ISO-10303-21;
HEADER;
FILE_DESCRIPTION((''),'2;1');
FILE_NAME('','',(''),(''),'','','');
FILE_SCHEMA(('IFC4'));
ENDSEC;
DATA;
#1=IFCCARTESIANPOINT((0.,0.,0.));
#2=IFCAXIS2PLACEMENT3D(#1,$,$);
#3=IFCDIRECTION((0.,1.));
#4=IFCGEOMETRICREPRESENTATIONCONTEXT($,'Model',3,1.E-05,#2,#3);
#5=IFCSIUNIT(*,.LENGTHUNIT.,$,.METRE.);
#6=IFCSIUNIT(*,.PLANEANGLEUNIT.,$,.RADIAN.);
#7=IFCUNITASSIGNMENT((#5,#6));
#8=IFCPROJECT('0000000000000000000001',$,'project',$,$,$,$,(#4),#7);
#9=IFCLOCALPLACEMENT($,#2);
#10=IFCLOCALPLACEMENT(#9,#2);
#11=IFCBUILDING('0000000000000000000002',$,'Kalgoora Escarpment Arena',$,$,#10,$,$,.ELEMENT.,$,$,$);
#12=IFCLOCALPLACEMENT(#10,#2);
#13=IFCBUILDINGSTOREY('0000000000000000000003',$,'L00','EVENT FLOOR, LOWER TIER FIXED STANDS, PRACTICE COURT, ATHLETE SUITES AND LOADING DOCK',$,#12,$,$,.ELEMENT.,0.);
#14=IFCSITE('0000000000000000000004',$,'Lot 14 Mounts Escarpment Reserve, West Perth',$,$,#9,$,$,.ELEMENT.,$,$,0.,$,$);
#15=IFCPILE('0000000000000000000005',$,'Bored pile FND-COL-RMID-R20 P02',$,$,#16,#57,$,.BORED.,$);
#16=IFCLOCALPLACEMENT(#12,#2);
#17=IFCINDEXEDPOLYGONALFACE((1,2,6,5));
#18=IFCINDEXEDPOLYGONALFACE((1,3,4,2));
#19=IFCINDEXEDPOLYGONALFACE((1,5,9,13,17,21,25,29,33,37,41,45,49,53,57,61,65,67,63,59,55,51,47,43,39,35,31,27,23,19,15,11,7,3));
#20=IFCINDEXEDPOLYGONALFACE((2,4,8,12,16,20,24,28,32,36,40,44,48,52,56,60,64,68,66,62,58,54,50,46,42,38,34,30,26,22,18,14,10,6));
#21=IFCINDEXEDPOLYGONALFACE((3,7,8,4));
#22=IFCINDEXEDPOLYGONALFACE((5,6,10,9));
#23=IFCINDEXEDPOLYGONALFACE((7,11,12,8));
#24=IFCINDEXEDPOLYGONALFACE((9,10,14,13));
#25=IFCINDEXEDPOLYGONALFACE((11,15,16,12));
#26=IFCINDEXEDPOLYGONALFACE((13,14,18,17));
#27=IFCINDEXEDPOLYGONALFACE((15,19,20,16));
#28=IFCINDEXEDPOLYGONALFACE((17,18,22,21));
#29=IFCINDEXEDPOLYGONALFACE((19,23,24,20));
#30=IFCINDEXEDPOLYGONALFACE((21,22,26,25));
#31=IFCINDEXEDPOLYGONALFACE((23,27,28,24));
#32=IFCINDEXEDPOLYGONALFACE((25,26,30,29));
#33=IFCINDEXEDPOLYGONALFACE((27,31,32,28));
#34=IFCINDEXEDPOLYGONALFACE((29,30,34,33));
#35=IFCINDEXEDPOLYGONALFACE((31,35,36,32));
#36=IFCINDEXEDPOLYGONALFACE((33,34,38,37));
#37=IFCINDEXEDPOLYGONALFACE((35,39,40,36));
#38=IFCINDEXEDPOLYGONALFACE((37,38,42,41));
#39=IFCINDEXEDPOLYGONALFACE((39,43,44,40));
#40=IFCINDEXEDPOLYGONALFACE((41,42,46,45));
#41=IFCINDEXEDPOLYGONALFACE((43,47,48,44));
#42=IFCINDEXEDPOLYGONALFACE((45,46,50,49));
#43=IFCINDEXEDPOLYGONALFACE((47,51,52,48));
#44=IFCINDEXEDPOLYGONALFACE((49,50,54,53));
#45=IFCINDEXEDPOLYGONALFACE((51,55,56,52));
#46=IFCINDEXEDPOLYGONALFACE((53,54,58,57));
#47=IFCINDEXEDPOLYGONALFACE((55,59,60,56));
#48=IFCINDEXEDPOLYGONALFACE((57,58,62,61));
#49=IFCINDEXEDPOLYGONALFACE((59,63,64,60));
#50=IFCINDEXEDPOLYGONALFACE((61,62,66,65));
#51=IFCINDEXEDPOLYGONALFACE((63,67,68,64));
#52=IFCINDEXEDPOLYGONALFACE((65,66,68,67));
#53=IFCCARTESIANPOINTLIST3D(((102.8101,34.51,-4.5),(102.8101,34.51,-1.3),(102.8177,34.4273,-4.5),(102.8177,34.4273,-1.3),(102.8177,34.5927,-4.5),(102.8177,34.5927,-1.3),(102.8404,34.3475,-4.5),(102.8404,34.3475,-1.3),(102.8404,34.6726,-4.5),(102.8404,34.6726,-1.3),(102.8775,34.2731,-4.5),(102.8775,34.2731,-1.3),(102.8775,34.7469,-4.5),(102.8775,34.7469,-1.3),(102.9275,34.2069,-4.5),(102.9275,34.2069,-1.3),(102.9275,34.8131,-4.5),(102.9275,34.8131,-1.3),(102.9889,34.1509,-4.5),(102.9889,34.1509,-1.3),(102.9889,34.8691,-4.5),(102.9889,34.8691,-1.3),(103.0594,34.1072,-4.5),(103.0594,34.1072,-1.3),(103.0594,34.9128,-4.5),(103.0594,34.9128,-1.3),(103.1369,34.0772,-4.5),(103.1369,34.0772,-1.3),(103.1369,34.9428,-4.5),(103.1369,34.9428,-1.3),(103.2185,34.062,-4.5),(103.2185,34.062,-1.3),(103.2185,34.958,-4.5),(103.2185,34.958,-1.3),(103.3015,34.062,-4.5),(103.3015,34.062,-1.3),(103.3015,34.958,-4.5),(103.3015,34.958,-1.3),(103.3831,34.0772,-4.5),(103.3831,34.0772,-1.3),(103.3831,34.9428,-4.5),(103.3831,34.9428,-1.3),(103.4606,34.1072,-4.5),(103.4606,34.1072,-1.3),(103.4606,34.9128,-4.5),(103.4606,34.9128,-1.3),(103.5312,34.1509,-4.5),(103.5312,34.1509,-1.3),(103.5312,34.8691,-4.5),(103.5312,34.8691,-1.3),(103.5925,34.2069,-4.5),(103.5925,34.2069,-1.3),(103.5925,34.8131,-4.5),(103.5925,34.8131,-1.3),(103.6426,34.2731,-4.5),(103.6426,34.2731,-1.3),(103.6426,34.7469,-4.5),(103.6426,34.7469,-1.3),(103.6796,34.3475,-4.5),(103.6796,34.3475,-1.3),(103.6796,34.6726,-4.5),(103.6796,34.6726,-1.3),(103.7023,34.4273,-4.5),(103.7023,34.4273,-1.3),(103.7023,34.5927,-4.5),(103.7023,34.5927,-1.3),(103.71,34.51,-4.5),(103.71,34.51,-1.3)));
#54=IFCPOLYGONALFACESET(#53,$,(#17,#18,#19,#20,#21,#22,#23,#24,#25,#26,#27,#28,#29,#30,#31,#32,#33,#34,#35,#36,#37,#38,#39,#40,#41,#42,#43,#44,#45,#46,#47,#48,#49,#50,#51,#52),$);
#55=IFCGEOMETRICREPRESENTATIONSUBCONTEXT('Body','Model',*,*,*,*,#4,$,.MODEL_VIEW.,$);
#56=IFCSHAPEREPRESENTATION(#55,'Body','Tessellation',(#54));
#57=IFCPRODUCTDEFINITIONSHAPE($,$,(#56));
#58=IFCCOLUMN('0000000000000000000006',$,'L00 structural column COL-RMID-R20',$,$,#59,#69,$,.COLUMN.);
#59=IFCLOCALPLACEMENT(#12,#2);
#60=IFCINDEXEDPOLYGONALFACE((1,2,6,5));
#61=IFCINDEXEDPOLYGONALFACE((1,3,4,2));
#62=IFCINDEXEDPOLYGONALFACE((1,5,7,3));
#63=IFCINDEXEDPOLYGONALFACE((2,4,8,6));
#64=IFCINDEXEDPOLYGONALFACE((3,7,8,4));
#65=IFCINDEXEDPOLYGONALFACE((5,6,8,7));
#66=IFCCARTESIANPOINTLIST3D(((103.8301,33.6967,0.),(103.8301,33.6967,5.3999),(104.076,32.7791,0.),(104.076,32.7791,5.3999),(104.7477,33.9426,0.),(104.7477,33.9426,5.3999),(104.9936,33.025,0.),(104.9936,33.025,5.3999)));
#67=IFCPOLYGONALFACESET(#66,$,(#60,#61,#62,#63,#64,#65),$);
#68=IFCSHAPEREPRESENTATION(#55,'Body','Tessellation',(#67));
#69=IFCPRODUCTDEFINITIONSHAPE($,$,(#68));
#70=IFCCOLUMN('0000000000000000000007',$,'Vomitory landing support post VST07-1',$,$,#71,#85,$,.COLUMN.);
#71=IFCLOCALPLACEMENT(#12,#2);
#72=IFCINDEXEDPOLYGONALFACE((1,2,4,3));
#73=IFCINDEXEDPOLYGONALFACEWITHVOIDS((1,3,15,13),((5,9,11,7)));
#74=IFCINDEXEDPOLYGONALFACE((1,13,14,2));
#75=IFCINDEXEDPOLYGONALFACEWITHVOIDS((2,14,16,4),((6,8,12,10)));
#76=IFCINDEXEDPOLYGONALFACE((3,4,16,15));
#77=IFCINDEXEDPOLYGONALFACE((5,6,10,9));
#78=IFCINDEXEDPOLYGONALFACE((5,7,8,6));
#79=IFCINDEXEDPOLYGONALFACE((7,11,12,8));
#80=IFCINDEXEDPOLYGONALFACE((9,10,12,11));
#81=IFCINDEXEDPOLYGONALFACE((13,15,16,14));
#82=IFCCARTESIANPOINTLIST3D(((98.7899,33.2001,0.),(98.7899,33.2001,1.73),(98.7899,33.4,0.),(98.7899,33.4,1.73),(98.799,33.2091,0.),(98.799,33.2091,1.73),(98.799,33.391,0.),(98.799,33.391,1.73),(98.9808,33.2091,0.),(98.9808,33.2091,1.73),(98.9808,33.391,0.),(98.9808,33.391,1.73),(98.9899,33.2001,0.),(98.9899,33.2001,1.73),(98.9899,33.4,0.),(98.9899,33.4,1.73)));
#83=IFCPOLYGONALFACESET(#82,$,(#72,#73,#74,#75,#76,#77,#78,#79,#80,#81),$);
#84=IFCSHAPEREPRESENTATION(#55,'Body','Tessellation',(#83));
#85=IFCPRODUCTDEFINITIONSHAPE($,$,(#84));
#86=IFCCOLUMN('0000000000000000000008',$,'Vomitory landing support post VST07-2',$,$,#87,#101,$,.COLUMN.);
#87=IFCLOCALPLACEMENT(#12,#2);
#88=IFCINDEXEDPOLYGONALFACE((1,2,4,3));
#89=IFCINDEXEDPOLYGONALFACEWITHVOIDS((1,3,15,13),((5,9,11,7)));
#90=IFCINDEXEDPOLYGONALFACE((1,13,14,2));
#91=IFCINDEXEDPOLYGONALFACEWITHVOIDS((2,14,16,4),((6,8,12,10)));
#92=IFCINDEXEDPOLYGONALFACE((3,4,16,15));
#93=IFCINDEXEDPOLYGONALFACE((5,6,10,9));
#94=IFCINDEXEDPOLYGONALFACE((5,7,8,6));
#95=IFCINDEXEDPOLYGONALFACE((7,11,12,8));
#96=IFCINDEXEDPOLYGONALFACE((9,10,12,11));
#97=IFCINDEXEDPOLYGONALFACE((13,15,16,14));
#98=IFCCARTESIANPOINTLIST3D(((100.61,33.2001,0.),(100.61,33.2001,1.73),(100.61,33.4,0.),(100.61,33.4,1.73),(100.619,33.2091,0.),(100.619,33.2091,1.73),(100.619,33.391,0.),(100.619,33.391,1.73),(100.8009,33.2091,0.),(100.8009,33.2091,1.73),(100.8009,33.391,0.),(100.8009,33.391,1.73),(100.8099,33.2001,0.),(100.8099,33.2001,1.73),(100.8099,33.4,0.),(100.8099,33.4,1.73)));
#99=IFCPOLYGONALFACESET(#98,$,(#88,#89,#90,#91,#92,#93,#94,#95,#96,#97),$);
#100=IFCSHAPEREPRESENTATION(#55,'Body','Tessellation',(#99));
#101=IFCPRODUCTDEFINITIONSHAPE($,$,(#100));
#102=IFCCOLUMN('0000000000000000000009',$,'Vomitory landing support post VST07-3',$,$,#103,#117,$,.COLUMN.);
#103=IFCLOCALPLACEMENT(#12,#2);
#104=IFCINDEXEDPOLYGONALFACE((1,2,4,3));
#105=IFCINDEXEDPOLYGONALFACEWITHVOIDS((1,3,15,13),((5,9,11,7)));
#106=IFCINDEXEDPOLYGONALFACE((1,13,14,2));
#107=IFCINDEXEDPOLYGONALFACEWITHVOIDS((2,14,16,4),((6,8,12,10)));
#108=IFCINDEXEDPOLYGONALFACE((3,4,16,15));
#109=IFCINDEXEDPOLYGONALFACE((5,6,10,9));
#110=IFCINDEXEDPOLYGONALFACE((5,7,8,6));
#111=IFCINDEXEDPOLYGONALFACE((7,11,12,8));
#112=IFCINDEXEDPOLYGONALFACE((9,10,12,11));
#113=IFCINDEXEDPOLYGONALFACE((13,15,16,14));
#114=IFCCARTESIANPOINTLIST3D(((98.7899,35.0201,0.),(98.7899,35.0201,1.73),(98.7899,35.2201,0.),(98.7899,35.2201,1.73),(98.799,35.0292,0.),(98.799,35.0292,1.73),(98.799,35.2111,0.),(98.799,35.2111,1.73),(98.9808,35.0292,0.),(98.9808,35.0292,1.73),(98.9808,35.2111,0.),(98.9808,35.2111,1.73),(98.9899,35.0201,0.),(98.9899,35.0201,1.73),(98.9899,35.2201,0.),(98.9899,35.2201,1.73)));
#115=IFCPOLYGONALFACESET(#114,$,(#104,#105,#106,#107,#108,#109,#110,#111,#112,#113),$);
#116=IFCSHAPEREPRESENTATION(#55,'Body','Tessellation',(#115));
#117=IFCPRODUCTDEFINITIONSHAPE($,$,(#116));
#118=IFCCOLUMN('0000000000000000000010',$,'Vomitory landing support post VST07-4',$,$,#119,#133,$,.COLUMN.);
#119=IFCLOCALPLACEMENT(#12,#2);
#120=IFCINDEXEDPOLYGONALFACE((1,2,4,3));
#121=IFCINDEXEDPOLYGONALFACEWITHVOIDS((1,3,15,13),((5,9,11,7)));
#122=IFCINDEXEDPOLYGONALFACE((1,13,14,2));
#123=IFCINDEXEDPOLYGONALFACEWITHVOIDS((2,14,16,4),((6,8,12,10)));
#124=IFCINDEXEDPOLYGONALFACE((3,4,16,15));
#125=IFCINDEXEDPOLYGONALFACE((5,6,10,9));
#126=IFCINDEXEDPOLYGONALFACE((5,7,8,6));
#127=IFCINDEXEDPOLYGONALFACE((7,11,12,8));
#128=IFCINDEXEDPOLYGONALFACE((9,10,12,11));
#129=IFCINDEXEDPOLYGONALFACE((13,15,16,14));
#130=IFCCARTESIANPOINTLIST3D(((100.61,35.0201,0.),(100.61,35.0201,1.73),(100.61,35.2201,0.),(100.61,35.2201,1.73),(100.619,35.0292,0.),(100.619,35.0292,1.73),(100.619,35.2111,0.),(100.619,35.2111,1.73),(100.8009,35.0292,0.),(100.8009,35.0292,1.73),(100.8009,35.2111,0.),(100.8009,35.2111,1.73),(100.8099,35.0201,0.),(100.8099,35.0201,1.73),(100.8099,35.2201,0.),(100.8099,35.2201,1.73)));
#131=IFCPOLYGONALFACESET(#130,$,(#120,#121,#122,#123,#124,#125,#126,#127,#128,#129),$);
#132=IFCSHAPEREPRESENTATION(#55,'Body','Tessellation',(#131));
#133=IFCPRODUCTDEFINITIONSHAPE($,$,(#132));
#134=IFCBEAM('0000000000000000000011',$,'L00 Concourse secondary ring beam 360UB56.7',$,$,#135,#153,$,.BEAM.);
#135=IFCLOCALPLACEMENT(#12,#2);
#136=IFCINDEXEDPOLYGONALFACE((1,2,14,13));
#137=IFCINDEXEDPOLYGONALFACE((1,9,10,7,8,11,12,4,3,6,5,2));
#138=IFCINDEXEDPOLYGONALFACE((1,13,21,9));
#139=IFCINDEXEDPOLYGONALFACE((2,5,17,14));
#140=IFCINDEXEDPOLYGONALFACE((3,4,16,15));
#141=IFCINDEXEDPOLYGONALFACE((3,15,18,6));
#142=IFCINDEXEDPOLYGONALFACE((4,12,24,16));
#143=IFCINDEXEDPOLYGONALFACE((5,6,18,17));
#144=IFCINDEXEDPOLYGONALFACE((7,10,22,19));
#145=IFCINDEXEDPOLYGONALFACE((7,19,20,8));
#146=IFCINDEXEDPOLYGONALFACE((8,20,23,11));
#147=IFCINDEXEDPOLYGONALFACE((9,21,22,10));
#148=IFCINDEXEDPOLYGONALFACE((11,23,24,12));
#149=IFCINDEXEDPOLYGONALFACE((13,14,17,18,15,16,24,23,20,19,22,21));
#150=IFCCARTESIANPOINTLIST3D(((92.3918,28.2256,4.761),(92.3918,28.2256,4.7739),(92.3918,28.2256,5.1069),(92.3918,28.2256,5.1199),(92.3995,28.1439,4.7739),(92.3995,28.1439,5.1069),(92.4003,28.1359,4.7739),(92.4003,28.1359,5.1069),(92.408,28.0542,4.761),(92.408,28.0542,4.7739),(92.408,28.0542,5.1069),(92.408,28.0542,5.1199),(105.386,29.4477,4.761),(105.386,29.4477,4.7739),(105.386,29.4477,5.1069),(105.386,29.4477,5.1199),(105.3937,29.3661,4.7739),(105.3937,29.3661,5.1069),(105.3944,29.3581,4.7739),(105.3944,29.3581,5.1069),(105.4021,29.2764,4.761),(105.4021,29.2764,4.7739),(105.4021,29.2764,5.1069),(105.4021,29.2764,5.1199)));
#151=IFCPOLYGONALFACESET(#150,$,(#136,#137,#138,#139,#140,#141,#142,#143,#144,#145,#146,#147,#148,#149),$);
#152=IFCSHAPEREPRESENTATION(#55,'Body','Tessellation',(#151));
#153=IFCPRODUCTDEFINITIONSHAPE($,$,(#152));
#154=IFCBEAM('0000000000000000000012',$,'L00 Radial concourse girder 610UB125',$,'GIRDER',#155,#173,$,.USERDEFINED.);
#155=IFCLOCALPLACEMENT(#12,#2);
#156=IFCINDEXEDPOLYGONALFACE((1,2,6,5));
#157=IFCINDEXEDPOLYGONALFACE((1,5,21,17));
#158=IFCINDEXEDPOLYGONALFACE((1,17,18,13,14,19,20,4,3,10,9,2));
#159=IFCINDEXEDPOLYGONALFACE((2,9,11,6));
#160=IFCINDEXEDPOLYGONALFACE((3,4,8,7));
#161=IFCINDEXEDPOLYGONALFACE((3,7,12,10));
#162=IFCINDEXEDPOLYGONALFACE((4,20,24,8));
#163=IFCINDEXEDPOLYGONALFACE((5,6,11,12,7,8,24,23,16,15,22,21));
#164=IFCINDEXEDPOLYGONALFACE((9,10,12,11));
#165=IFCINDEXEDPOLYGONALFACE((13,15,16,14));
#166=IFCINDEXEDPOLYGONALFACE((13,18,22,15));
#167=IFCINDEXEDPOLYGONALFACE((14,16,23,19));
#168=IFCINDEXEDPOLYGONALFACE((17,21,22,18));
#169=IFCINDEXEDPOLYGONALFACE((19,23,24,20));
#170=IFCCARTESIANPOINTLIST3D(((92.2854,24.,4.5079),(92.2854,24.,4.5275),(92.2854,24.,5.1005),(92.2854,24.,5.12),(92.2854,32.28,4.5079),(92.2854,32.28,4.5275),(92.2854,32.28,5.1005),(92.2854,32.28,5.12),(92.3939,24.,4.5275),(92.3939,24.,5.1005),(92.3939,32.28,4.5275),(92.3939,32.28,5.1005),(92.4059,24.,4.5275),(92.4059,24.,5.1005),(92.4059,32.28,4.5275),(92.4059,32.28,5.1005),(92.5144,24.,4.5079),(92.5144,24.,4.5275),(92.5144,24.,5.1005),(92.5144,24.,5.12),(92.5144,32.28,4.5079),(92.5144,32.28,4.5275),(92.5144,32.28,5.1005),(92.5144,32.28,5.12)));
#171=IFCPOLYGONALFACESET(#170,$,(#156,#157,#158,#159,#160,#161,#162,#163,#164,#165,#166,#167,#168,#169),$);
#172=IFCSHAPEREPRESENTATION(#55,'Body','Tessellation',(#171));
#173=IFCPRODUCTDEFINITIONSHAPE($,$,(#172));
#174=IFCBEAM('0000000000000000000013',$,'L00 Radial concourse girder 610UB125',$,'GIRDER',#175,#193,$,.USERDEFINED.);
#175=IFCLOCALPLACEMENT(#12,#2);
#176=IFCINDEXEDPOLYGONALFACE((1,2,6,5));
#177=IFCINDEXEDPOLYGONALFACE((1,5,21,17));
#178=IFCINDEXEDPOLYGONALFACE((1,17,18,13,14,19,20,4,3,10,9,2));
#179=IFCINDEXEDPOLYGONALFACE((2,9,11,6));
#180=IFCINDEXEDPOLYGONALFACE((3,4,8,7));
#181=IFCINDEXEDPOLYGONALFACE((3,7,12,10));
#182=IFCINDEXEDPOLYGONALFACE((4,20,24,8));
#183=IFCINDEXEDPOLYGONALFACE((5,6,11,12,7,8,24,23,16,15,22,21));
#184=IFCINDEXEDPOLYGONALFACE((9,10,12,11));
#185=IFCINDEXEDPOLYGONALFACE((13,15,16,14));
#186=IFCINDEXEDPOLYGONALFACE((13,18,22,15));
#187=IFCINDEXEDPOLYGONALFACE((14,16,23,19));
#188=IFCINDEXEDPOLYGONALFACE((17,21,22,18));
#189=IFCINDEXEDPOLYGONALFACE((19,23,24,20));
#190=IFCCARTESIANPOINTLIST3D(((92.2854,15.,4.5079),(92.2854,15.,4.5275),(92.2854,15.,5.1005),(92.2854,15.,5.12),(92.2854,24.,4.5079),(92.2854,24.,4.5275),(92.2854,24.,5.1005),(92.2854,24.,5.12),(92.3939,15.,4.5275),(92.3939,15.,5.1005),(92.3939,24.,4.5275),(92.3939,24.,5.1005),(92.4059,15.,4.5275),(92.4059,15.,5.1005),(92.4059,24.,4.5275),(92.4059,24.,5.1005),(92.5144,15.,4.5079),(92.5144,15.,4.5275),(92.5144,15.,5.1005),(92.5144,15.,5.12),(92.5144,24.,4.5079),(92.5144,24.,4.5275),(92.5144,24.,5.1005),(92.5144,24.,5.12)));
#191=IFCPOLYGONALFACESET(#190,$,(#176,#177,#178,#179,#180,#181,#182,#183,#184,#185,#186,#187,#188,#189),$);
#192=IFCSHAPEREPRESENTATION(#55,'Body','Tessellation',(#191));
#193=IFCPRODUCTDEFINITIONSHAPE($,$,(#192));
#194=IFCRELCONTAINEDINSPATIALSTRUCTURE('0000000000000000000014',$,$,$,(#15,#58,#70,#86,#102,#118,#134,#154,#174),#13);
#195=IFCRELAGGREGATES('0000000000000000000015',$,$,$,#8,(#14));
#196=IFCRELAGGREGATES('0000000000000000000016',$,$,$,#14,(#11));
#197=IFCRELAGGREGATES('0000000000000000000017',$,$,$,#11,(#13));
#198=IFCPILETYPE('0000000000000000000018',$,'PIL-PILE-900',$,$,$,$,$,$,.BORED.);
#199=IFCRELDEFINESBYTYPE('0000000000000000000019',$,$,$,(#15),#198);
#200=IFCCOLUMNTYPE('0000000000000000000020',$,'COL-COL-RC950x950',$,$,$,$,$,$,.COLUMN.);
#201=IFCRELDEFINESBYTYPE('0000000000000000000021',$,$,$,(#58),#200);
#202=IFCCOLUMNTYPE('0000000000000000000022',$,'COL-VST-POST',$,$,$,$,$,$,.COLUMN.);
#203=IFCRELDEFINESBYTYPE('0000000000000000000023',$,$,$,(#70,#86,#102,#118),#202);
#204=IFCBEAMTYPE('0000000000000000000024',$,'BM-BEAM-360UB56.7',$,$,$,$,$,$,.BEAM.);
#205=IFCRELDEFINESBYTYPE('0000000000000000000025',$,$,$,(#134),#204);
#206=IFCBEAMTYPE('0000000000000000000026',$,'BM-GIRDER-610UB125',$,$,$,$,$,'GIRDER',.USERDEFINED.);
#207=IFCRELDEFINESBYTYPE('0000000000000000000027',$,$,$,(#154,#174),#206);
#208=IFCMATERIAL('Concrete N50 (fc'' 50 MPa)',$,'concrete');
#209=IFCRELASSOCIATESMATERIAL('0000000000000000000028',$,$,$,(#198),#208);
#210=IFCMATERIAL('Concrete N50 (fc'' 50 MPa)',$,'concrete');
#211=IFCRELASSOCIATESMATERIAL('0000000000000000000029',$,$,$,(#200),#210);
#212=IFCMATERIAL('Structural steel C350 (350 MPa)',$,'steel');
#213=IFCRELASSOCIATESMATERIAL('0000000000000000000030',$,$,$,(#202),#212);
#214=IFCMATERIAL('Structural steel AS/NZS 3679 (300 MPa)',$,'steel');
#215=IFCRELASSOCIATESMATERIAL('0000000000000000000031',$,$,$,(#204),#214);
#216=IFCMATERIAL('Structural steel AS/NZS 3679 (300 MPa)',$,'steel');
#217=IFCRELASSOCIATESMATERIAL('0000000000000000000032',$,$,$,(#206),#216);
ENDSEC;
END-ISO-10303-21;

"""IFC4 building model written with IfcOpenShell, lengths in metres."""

from ifc_helpers import new_model, si_unit, direction, frame, origin, origin_2d, place, context, subcontext, project, spatial, rectangle, hollow_rectangle, circle, i_section, extrude, material, material_profile, profile_set, type_object, element, save


model = new_model("IFC4")

# Units and contexts
model_context = context("Model", 3, precision=1e-05, world=origin(), true_north=direction((0.0, 1.0)))
body_context = subcontext(model_context, "Body", "Model", "MODEL_VIEW")
ifc_project = project(units=[si_unit("LENGTHUNIT", "METRE"), si_unit("PLANEANGLEUNIT", "RADIAN")], contexts=[model_context])

# Site, building, storey
site_placement = place(None, origin())
site = spatial("IfcSite", under=ifc_project, at=site_placement, Name="Lot 14 Mounts Escarpment Reserve, West Perth", CompositionType="ELEMENT", RefElevation=0.0)
building_placement = place(site_placement, origin())
building = spatial("IfcBuilding", under=site, at=building_placement, Name="Kalgoora Escarpment Arena", CompositionType="ELEMENT")
storey_placement = place(building_placement, origin())
storey = spatial("IfcBuildingStorey", under=building, at=storey_placement, Name="L00", Description="EVENT FLOOR, LOWER TIER FIXED STANDS, PRACTICE COURT, ATHLETE SUITES AND LOADING DOCK", CompositionType="ELEMENT", Elevation=0.0)

# Pile
ifc_material_1 = material(Name="Concrete N50 (fc' 50 MPa)", Category="concrete")
ifc_material_profile_1 = material_profile(ifc_material_1, circle(Radius=0.45, at=origin_2d()))
ifc_profile_set_1 = profile_set([ifc_material_profile_1], Name="Concrete N50 (fc' 50 MPa)")
pile_type_1 = type_object("IfcPileType", Name="PIL-PILE-900", PredefinedType="BORED", material=ifc_profile_set_1)
for number, where, z_axis, x_axis, name in (
    (1, (103.26, 34.51, -1.3), (0.0, 0.0, -1.0), (1.0, 0.0, 0.0), "Bored pile FND-COL-RMID-R20 P02"),
):
    element("IfcPile", number, at=place(storey_placement, frame(where, z_axis=z_axis, x_axis=x_axis)), inside=storey, type_object=pile_type_1, Name=name, PredefinedType="BORED", context=body_context, shape_type="SweptSolid", body=[
        extrude(circle(Radius=0.45, at=origin_2d()), origin(), (0.0, 0.0, 1.0), 3.2),
    ])

# Columns
ifc_material_2 = material(Name="Concrete N50 (fc' 50 MPa)", Category="concrete")
ifc_material_profile_2 = material_profile(ifc_material_2, rectangle(XDim=0.95, YDim=0.95, at=origin_2d()))
ifc_profile_set_2 = profile_set([ifc_material_profile_2], Name="Concrete N50 (fc' 50 MPa)")
column_type_1 = type_object("IfcColumnType", Name="COL-COL-RC950x950", PredefinedType="COLUMN", material=ifc_profile_set_2)
column_placement = place(storey_placement, frame((104.4119, 33.3608, 0.0), z_axis=(0.0, 0.0, 1.0), x_axis=(0.258819, -0.965926, 0.0)))
element("IfcColumn", 2, at=column_placement, inside=storey, type_object=column_type_1, Name="L00 structural column COL-RMID-R20", PredefinedType="COLUMN", context=body_context, shape_type="SweptSolid", body=[
    extrude(rectangle(XDim=0.95, YDim=0.95, at=origin_2d()), origin(), (0.0, 0.0, 1.0), 5.3999),
])
ifc_material_3 = material(Name="Structural steel C350 (350 MPa)", Category="steel")
ifc_material_profile_3 = material_profile(ifc_material_3, hollow_rectangle(XDim=0.2, YDim=0.2, WallThickness=0.009, at=origin_2d()))
ifc_profile_set_3 = profile_set([ifc_material_profile_3], Name="Structural steel C350 (350 MPa)")
column_type_2 = type_object("IfcColumnType", Name="COL-VST-POST", PredefinedType="COLUMN", material=ifc_profile_set_3)
for number, where, z_axis, x_axis, name in (
    (3, (98.8899, 33.3, 0.0), (0.0, 0.0, 1.0), (1.0, 0.0, 0.0), "Vomitory landing support post VST07-1"),
    (4, (100.71, 33.3, 0.0), (0.0, 0.0, 1.0), (1.0, 0.0, 0.0), "Vomitory landing support post VST07-2"),
    (5, (98.8899, 35.1201, 0.0), (0.0, 0.0, 1.0), (1.0, 0.0, 0.0), "Vomitory landing support post VST07-3"),
    (6, (100.71, 35.1201, 0.0), (0.0, 0.0, 1.0), (1.0, 0.0, 0.0), "Vomitory landing support post VST07-4"),
):
    element("IfcColumn", number, at=place(storey_placement, frame(where, z_axis=z_axis, x_axis=x_axis)), inside=storey, type_object=column_type_2, Name=name, PredefinedType="COLUMN", context=body_context, shape_type="SweptSolid", body=[
        extrude(hollow_rectangle(XDim=0.2, YDim=0.2, WallThickness=0.009, at=origin_2d()), origin(), (0.0, 0.0, 1.0), 1.73),
    ])

# Beams
ifc_material_4 = material(Name="Structural steel AS/NZS 3679 (300 MPa)", Category="steel")
ifc_material_profile_4 = material_profile(ifc_material_4, i_section(OverallWidth=0.1721, OverallDepth=0.3589, WebThickness=0.0081, FlangeThickness=0.0129, at=origin_2d()))
ifc_profile_set_4 = profile_set([ifc_material_profile_4], Name="Structural steel AS/NZS 3679 (300 MPa)")
beam_type_1 = type_object("IfcBeamType", Name="BM-BEAM-360UB56.7", PredefinedType="BEAM", material=ifc_profile_set_4)
beam_1_placement = place(storey_placement, frame((92.3999, 28.1399, 4.9404), z_axis=(0.995606, 0.093642, 0.0), x_axis=(-0.093642, 0.995606, 0.0)))
element("IfcBeam", 7, at=beam_1_placement, inside=storey, type_object=beam_type_1, Name="L00 Concourse secondary ring beam 360UB56.7", PredefinedType="BEAM", context=body_context, shape_type="SweptSolid", body=[
    extrude(i_section(OverallWidth=0.1721, OverallDepth=0.3589, WebThickness=0.0081, FlangeThickness=0.0129, at=origin_2d()), origin(), (0.0, 0.0, 1.0), 13.0515),
])
ifc_material_5 = material(Name="Structural steel AS/NZS 3679 (300 MPa)", Category="steel")
ifc_material_profile_5 = material_profile(ifc_material_5, i_section(OverallWidth=0.229, OverallDepth=0.6121, WebThickness=0.012, FlangeThickness=0.0195, at=origin_2d()))
ifc_profile_set_5 = profile_set([ifc_material_profile_5], Name="Structural steel AS/NZS 3679 (300 MPa)")
beam_type_2 = type_object("IfcBeamType", Name="BM-GIRDER-610UB125", ElementType="GIRDER", PredefinedType="USERDEFINED", material=ifc_profile_set_5)
beam_2_placement = place(storey_placement, frame((92.3999, 32.28, 4.814), z_axis=(0.0, -1.0, 0.0), x_axis=(1.0, 0.0, 0.0)))
element("IfcBeam", 8, at=beam_2_placement, inside=storey, type_object=beam_type_2, Name="L00 Radial concourse girder 610UB125", ObjectType="GIRDER", PredefinedType="USERDEFINED", context=body_context, shape_type="SweptSolid", body=[
    extrude(i_section(OverallWidth=0.229, OverallDepth=0.6121, WebThickness=0.012, FlangeThickness=0.0195, at=origin_2d()), origin(), (0.0, 0.0, 1.0), 8.28),
])
beam_3_placement = place(storey_placement, frame((92.3999, 24.0, 4.814), z_axis=(0.0, -1.0, 0.0), x_axis=(1.0, 0.0, 0.0)))
element("IfcBeam", 9, at=beam_3_placement, inside=storey, type_object=beam_type_2, Name="L00 Radial concourse girder 610UB125", ObjectType="GIRDER", PredefinedType="USERDEFINED", context=body_context, shape_type="SweptSolid", body=[
    extrude(i_section(OverallWidth=0.229, OverallDepth=0.6121, WebThickness=0.012, FlangeThickness=0.0195, at=origin_2d()), origin(), (0.0, 0.0, 1.0), 9.0),
])

save(model, "model.ifc")
